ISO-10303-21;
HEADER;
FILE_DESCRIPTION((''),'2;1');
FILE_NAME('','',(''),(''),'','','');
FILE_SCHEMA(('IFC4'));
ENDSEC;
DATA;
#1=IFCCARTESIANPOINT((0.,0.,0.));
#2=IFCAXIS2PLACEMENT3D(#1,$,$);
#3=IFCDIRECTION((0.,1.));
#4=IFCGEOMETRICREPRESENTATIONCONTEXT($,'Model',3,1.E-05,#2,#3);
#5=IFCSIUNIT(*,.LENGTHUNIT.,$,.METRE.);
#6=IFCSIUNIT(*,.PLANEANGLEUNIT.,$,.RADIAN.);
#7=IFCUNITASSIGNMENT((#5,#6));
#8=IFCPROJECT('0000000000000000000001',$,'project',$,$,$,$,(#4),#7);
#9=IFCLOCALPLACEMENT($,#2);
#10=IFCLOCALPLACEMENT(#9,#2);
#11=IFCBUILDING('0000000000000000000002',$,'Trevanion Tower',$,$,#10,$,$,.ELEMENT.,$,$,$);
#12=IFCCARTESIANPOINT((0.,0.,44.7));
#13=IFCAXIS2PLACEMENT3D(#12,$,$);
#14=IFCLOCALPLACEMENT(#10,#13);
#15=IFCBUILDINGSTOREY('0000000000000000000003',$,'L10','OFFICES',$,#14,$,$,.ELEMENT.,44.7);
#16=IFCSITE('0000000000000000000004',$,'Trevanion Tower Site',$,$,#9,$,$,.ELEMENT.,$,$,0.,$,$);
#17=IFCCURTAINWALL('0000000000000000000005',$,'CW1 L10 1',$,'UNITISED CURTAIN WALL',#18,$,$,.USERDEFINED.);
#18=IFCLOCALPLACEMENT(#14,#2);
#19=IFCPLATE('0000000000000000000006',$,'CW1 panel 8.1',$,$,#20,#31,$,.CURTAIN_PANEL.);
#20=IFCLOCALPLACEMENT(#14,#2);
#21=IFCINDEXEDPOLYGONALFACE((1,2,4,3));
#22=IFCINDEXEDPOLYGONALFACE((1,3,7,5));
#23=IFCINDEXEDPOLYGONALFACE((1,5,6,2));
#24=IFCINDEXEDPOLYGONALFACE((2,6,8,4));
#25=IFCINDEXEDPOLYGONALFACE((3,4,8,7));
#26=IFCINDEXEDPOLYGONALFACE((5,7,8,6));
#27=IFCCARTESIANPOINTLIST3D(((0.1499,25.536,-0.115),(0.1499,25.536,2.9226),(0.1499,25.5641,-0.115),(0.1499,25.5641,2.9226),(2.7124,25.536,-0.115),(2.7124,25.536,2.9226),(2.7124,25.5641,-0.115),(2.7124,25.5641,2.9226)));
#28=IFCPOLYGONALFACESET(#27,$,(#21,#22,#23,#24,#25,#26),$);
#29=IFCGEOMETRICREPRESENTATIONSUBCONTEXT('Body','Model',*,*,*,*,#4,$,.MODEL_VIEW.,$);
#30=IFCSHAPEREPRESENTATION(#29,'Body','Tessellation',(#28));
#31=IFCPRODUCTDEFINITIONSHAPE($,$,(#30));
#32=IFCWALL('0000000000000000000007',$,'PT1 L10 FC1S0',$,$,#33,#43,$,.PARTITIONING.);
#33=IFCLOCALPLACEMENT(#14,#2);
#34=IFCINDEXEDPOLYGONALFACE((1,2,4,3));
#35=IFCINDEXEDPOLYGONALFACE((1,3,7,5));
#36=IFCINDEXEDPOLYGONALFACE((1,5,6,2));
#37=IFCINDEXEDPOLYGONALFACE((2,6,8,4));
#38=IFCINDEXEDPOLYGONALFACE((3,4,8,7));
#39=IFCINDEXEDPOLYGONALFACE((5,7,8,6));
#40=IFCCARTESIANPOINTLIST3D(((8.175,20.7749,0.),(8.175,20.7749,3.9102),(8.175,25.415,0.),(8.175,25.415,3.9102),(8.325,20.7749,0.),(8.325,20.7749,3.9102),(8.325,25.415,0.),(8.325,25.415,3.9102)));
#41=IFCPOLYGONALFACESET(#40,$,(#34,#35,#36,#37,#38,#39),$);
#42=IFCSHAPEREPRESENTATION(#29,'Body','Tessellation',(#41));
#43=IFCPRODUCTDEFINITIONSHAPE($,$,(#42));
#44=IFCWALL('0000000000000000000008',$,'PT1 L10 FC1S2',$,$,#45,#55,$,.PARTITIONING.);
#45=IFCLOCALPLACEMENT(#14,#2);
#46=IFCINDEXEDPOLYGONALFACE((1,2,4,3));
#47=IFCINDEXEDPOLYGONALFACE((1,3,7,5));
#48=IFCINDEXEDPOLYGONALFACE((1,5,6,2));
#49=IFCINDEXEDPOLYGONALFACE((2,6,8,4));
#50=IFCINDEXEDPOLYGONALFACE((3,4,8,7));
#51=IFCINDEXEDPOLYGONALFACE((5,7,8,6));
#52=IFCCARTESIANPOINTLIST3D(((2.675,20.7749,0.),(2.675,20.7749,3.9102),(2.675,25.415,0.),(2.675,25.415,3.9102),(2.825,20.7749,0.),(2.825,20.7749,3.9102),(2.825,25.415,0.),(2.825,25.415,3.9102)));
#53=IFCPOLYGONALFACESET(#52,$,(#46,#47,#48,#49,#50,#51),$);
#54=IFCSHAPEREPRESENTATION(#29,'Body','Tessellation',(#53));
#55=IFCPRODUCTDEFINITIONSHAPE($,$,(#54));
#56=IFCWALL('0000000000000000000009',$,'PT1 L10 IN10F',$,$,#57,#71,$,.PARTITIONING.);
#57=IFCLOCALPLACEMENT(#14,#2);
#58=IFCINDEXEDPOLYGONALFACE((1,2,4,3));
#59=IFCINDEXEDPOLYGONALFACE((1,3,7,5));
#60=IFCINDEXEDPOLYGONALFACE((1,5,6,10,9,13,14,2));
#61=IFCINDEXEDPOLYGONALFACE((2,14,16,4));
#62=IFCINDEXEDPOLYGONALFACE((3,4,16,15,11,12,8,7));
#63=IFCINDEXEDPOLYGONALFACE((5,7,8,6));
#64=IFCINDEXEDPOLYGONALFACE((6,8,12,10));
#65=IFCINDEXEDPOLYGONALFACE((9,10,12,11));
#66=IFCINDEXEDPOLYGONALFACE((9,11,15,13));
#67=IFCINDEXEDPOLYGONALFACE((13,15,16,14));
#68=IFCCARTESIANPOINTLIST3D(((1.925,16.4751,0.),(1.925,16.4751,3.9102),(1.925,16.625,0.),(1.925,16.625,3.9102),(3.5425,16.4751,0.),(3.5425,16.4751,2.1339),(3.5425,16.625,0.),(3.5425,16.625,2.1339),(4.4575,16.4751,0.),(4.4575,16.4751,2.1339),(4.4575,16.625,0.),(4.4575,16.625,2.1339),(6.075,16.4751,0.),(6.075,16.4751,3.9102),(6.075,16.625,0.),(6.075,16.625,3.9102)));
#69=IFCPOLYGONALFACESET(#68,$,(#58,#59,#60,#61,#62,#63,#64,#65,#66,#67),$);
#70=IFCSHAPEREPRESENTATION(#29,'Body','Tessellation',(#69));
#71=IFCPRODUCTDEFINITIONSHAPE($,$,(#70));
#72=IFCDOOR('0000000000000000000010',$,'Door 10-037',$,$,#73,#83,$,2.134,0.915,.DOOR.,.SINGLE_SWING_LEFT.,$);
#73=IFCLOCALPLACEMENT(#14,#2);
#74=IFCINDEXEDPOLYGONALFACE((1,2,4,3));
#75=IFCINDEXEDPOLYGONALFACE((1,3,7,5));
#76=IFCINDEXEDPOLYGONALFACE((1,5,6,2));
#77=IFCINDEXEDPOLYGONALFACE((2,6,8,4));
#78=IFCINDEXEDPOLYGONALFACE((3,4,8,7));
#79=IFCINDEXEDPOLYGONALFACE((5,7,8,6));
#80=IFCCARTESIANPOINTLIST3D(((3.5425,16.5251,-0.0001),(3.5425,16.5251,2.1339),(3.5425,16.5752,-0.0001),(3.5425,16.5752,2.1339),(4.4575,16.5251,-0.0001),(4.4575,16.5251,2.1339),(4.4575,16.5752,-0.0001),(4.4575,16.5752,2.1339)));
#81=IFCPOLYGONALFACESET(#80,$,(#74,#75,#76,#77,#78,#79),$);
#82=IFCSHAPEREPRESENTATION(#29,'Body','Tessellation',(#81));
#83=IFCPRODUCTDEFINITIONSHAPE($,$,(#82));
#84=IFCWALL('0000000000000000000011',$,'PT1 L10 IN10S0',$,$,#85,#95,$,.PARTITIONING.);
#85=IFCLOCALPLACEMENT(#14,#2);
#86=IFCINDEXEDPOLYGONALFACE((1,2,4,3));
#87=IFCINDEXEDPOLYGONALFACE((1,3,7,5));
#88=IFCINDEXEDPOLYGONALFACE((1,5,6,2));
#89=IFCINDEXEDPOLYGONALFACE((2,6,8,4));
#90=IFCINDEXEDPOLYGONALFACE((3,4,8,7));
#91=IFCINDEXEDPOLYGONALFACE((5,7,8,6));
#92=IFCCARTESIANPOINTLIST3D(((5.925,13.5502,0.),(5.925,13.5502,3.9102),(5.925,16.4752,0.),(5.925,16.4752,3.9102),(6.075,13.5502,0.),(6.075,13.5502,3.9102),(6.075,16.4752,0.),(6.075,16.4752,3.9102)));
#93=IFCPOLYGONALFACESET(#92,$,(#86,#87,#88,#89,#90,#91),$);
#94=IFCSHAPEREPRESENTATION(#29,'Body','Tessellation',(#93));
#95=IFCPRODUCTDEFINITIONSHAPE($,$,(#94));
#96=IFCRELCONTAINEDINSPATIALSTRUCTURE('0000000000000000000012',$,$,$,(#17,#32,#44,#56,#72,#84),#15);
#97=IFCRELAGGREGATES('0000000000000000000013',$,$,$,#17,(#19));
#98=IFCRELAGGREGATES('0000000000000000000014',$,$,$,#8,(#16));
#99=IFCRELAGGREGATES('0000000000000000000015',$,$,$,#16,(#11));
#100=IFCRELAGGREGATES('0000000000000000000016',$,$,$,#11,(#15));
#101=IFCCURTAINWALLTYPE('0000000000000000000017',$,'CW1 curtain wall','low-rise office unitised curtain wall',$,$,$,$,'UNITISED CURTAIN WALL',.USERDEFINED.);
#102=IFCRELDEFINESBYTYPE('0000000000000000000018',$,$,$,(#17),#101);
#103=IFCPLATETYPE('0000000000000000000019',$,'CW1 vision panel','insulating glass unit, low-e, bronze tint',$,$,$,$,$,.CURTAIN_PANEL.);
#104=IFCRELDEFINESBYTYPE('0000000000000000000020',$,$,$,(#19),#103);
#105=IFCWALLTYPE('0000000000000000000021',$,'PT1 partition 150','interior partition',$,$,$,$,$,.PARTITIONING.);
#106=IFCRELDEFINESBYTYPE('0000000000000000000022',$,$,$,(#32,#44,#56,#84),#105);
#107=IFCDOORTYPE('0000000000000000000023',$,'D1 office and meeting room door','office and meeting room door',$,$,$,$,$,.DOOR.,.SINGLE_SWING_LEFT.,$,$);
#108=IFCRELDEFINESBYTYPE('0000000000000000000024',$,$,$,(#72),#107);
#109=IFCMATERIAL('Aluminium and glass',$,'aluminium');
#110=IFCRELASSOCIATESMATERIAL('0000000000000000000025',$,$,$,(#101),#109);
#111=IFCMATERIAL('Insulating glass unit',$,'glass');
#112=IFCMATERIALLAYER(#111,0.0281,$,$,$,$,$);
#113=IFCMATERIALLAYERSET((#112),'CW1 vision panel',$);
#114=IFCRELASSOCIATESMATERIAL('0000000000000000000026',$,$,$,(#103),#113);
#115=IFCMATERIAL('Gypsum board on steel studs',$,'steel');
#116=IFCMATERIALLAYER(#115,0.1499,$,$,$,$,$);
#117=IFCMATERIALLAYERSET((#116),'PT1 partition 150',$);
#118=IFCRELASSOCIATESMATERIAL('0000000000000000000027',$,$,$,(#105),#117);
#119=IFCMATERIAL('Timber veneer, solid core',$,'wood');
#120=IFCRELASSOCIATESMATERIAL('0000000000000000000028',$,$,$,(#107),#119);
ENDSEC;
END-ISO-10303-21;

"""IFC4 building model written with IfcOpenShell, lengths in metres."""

from ifc_helpers import new_model, si_unit, direction, frame, frame_2d, origin, origin_2d, place, context, subcontext, project, spatial, rectangle, extrude, material, layer, layer_set, type_object, element, fill, aggregate, save


model = new_model("IFC4")

# Units and contexts
model_context = context("Model", 3, precision=1e-05, world=origin(), true_north=direction((0.0, 1.0)))
body_context = subcontext(model_context, "Body", "Model", "MODEL_VIEW")
ifc_project = project(units=[si_unit("LENGTHUNIT", "METRE"), si_unit("PLANEANGLEUNIT", "RADIAN")], contexts=[model_context])

# Site, building, storey
site_placement = place(None, origin())
site = spatial("IfcSite", under=ifc_project, at=site_placement, Name="Trevanion Tower Site", CompositionType="ELEMENT", RefElevation=0.0)
building_placement = place(site_placement, origin())
building = spatial("IfcBuilding", under=site, at=building_placement, Name="Trevanion Tower", CompositionType="ELEMENT")
storey_placement = place(building_placement, frame((0.0, 0.0, 44.7)))
storey = spatial("IfcBuildingStorey", under=building, at=storey_placement, Name="L10", Description="OFFICES", CompositionType="ELEMENT", Elevation=44.7)

# Curtain wall, plate
ifc_material_1 = material(Name="Aluminium and glass", Category="aluminium")
curtain_wall_type = type_object("IfcCurtainWallType", Name="CW1 curtain wall", Description="low-rise office unitised curtain wall", ElementType="UNITISED CURTAIN WALL", PredefinedType="USERDEFINED", material=ifc_material_1)
curtain_wall_placement = place(storey_placement, origin())
curtain_wall = element("IfcCurtainWall", 1, at=curtain_wall_placement, inside=storey, type_object=curtain_wall_type, Name="CW1 L10 1", ObjectType="UNITISED CURTAIN WALL", PredefinedType="USERDEFINED")
ifc_material_2 = material(Name="Insulating glass unit", Category="glass")
ifc_layer_1 = layer(ifc_material_2, 0.0281)
ifc_layer_set_1 = layer_set([ifc_layer_1], Name="CW1 vision panel")
plate_type_1 = type_object("IfcPlateType", Name="CW1 vision panel", Description="insulating glass unit, low-e, bronze tint", PredefinedType="CURTAIN_PANEL", material=ifc_layer_set_1)
plate_1_placement = place(storey_placement, frame((1.4312, 25.55, -0.115), z_axis=(0.0, 0.0, 1.0), x_axis=(-1.0, 0.0, 0.0)))
plate_1 = element("IfcPlate", 2, at=plate_1_placement, type_object=plate_type_1, Name="CW1 panel 8.1", PredefinedType="CURTAIN_PANEL", context=body_context, shape_type="SweptSolid", body=[
    extrude(rectangle(XDim=2.5625, YDim=0.0281, at=origin_2d()), origin(), (0.0, 0.0, 1.0), 3.0376),
])
aggregate(curtain_wall, [plate_1])

# Walls
ifc_material_3 = material(Name="Gypsum board on steel studs", Category="steel")
ifc_layer_2 = layer(ifc_material_3, 0.1499)
ifc_layer_set_2 = layer_set([ifc_layer_2], Name="PT1 partition 150")
wall_type = type_object("IfcWallType", Name="PT1 partition 150", Description="interior partition", PredefinedType="PARTITIONING", material=ifc_layer_set_2)
for number, where, z_axis, x_axis, name in (
    (3, (8.25, 20.7749, 0.0), (0.0, 0.0, 1.0), (0.0, 1.0, 0.0), "PT1 L10 FC1S0"),
    (4, (2.75, 20.7749, 0.0), (0.0, 0.0, 1.0), (0.0, 1.0, 0.0), "PT1 L10 FC1S2"),
):
    element("IfcWall", number, at=place(storey_placement, frame(where, z_axis=z_axis, x_axis=x_axis)), inside=storey, type_object=wall_type, Name=name, PredefinedType="PARTITIONING", context=body_context, shape_type="SweptSolid", body=[
        extrude(rectangle(XDim=4.6401, YDim=0.1499, at=frame_2d((2.3201, 0.0))), origin(), (0.0, 0.0, 1.0), 3.9102),
    ])

# Wall, opening, door
wall_1_placement = place(storey_placement, frame((6.075, 16.55, 0.0), z_axis=(0.0, 0.0, 1.0), x_axis=(-1.0, 0.0, 0.0)))
wall_1 = element("IfcWall", 5, at=wall_1_placement, inside=storey, type_object=wall_type, Name="PT1 L10 IN10F", PredefinedType="PARTITIONING", context=body_context, shape_type="SweptSolid", body=[
    extrude(rectangle(XDim=4.1499, YDim=0.1499, at=frame_2d((2.075, 0.0))), origin(), (0.0, 0.0, 1.0), 3.9102),
])
opening_placement = place(wall_1_placement, frame((1.6174, 0.0, 0.0)))
opening = element("IfcOpeningElement", 6, at=opening_placement, cuts=wall_1, PredefinedType="OPENING", context=body_context, shape_type="SweptSolid", body=[
    extrude(rectangle(XDim=0.915, YDim=2.134, at=frame_2d((0.4575, 1.0669))), frame((0.0, 0.085, 0.0), z_axis=(0.0, -1.0, 0.0), x_axis=(1.0, 0.0, 0.0)), (0.0, 0.0, 1.0), 0.1699),
])
ifc_material_4 = material(Name="Timber veneer, solid core", Category="wood")
door_type = type_object("IfcDoorType", Name="D1 office and meeting room door", Description="office and meeting room door", OperationType="SINGLE_SWING_LEFT", PredefinedType="DOOR", material=ifc_material_4)
door_placement = place(opening_placement, origin())
door = element("IfcDoor", 7, at=door_placement, inside=storey, type_object=door_type, Name="Door 10-037", OperationType="SINGLE_SWING_LEFT", OverallHeight=2.134, OverallWidth=0.915, PredefinedType="DOOR", context=body_context, shape_type="SweptSolid", body=[
    extrude(rectangle(XDim=0.915, YDim=2.134, at=frame_2d((0.4575, 1.0669))), frame((0.0, 0.0249, 0.0), z_axis=(0.0, -1.0, 0.0), x_axis=(1.0, 0.0, 0.0)), (0.0, 0.0, 1.0), 0.05),
])
fill(opening, door)

# Wall
wall_2_placement = place(storey_placement, frame((6.0, 16.4751, 0.0), z_axis=(0.0, 0.0, 1.0), x_axis=(0.0, -1.0, 0.0)))
element("IfcWall", 8, at=wall_2_placement, inside=storey, type_object=wall_type, Name="PT1 L10 IN10S0", PredefinedType="PARTITIONING", context=body_context, shape_type="SweptSolid", body=[
    extrude(rectangle(XDim=2.925, YDim=0.1499, at=frame_2d((1.4624, 0.0))), origin(), (0.0, 0.0, 1.0), 3.9102),
])

save(model, "model.ifc")
